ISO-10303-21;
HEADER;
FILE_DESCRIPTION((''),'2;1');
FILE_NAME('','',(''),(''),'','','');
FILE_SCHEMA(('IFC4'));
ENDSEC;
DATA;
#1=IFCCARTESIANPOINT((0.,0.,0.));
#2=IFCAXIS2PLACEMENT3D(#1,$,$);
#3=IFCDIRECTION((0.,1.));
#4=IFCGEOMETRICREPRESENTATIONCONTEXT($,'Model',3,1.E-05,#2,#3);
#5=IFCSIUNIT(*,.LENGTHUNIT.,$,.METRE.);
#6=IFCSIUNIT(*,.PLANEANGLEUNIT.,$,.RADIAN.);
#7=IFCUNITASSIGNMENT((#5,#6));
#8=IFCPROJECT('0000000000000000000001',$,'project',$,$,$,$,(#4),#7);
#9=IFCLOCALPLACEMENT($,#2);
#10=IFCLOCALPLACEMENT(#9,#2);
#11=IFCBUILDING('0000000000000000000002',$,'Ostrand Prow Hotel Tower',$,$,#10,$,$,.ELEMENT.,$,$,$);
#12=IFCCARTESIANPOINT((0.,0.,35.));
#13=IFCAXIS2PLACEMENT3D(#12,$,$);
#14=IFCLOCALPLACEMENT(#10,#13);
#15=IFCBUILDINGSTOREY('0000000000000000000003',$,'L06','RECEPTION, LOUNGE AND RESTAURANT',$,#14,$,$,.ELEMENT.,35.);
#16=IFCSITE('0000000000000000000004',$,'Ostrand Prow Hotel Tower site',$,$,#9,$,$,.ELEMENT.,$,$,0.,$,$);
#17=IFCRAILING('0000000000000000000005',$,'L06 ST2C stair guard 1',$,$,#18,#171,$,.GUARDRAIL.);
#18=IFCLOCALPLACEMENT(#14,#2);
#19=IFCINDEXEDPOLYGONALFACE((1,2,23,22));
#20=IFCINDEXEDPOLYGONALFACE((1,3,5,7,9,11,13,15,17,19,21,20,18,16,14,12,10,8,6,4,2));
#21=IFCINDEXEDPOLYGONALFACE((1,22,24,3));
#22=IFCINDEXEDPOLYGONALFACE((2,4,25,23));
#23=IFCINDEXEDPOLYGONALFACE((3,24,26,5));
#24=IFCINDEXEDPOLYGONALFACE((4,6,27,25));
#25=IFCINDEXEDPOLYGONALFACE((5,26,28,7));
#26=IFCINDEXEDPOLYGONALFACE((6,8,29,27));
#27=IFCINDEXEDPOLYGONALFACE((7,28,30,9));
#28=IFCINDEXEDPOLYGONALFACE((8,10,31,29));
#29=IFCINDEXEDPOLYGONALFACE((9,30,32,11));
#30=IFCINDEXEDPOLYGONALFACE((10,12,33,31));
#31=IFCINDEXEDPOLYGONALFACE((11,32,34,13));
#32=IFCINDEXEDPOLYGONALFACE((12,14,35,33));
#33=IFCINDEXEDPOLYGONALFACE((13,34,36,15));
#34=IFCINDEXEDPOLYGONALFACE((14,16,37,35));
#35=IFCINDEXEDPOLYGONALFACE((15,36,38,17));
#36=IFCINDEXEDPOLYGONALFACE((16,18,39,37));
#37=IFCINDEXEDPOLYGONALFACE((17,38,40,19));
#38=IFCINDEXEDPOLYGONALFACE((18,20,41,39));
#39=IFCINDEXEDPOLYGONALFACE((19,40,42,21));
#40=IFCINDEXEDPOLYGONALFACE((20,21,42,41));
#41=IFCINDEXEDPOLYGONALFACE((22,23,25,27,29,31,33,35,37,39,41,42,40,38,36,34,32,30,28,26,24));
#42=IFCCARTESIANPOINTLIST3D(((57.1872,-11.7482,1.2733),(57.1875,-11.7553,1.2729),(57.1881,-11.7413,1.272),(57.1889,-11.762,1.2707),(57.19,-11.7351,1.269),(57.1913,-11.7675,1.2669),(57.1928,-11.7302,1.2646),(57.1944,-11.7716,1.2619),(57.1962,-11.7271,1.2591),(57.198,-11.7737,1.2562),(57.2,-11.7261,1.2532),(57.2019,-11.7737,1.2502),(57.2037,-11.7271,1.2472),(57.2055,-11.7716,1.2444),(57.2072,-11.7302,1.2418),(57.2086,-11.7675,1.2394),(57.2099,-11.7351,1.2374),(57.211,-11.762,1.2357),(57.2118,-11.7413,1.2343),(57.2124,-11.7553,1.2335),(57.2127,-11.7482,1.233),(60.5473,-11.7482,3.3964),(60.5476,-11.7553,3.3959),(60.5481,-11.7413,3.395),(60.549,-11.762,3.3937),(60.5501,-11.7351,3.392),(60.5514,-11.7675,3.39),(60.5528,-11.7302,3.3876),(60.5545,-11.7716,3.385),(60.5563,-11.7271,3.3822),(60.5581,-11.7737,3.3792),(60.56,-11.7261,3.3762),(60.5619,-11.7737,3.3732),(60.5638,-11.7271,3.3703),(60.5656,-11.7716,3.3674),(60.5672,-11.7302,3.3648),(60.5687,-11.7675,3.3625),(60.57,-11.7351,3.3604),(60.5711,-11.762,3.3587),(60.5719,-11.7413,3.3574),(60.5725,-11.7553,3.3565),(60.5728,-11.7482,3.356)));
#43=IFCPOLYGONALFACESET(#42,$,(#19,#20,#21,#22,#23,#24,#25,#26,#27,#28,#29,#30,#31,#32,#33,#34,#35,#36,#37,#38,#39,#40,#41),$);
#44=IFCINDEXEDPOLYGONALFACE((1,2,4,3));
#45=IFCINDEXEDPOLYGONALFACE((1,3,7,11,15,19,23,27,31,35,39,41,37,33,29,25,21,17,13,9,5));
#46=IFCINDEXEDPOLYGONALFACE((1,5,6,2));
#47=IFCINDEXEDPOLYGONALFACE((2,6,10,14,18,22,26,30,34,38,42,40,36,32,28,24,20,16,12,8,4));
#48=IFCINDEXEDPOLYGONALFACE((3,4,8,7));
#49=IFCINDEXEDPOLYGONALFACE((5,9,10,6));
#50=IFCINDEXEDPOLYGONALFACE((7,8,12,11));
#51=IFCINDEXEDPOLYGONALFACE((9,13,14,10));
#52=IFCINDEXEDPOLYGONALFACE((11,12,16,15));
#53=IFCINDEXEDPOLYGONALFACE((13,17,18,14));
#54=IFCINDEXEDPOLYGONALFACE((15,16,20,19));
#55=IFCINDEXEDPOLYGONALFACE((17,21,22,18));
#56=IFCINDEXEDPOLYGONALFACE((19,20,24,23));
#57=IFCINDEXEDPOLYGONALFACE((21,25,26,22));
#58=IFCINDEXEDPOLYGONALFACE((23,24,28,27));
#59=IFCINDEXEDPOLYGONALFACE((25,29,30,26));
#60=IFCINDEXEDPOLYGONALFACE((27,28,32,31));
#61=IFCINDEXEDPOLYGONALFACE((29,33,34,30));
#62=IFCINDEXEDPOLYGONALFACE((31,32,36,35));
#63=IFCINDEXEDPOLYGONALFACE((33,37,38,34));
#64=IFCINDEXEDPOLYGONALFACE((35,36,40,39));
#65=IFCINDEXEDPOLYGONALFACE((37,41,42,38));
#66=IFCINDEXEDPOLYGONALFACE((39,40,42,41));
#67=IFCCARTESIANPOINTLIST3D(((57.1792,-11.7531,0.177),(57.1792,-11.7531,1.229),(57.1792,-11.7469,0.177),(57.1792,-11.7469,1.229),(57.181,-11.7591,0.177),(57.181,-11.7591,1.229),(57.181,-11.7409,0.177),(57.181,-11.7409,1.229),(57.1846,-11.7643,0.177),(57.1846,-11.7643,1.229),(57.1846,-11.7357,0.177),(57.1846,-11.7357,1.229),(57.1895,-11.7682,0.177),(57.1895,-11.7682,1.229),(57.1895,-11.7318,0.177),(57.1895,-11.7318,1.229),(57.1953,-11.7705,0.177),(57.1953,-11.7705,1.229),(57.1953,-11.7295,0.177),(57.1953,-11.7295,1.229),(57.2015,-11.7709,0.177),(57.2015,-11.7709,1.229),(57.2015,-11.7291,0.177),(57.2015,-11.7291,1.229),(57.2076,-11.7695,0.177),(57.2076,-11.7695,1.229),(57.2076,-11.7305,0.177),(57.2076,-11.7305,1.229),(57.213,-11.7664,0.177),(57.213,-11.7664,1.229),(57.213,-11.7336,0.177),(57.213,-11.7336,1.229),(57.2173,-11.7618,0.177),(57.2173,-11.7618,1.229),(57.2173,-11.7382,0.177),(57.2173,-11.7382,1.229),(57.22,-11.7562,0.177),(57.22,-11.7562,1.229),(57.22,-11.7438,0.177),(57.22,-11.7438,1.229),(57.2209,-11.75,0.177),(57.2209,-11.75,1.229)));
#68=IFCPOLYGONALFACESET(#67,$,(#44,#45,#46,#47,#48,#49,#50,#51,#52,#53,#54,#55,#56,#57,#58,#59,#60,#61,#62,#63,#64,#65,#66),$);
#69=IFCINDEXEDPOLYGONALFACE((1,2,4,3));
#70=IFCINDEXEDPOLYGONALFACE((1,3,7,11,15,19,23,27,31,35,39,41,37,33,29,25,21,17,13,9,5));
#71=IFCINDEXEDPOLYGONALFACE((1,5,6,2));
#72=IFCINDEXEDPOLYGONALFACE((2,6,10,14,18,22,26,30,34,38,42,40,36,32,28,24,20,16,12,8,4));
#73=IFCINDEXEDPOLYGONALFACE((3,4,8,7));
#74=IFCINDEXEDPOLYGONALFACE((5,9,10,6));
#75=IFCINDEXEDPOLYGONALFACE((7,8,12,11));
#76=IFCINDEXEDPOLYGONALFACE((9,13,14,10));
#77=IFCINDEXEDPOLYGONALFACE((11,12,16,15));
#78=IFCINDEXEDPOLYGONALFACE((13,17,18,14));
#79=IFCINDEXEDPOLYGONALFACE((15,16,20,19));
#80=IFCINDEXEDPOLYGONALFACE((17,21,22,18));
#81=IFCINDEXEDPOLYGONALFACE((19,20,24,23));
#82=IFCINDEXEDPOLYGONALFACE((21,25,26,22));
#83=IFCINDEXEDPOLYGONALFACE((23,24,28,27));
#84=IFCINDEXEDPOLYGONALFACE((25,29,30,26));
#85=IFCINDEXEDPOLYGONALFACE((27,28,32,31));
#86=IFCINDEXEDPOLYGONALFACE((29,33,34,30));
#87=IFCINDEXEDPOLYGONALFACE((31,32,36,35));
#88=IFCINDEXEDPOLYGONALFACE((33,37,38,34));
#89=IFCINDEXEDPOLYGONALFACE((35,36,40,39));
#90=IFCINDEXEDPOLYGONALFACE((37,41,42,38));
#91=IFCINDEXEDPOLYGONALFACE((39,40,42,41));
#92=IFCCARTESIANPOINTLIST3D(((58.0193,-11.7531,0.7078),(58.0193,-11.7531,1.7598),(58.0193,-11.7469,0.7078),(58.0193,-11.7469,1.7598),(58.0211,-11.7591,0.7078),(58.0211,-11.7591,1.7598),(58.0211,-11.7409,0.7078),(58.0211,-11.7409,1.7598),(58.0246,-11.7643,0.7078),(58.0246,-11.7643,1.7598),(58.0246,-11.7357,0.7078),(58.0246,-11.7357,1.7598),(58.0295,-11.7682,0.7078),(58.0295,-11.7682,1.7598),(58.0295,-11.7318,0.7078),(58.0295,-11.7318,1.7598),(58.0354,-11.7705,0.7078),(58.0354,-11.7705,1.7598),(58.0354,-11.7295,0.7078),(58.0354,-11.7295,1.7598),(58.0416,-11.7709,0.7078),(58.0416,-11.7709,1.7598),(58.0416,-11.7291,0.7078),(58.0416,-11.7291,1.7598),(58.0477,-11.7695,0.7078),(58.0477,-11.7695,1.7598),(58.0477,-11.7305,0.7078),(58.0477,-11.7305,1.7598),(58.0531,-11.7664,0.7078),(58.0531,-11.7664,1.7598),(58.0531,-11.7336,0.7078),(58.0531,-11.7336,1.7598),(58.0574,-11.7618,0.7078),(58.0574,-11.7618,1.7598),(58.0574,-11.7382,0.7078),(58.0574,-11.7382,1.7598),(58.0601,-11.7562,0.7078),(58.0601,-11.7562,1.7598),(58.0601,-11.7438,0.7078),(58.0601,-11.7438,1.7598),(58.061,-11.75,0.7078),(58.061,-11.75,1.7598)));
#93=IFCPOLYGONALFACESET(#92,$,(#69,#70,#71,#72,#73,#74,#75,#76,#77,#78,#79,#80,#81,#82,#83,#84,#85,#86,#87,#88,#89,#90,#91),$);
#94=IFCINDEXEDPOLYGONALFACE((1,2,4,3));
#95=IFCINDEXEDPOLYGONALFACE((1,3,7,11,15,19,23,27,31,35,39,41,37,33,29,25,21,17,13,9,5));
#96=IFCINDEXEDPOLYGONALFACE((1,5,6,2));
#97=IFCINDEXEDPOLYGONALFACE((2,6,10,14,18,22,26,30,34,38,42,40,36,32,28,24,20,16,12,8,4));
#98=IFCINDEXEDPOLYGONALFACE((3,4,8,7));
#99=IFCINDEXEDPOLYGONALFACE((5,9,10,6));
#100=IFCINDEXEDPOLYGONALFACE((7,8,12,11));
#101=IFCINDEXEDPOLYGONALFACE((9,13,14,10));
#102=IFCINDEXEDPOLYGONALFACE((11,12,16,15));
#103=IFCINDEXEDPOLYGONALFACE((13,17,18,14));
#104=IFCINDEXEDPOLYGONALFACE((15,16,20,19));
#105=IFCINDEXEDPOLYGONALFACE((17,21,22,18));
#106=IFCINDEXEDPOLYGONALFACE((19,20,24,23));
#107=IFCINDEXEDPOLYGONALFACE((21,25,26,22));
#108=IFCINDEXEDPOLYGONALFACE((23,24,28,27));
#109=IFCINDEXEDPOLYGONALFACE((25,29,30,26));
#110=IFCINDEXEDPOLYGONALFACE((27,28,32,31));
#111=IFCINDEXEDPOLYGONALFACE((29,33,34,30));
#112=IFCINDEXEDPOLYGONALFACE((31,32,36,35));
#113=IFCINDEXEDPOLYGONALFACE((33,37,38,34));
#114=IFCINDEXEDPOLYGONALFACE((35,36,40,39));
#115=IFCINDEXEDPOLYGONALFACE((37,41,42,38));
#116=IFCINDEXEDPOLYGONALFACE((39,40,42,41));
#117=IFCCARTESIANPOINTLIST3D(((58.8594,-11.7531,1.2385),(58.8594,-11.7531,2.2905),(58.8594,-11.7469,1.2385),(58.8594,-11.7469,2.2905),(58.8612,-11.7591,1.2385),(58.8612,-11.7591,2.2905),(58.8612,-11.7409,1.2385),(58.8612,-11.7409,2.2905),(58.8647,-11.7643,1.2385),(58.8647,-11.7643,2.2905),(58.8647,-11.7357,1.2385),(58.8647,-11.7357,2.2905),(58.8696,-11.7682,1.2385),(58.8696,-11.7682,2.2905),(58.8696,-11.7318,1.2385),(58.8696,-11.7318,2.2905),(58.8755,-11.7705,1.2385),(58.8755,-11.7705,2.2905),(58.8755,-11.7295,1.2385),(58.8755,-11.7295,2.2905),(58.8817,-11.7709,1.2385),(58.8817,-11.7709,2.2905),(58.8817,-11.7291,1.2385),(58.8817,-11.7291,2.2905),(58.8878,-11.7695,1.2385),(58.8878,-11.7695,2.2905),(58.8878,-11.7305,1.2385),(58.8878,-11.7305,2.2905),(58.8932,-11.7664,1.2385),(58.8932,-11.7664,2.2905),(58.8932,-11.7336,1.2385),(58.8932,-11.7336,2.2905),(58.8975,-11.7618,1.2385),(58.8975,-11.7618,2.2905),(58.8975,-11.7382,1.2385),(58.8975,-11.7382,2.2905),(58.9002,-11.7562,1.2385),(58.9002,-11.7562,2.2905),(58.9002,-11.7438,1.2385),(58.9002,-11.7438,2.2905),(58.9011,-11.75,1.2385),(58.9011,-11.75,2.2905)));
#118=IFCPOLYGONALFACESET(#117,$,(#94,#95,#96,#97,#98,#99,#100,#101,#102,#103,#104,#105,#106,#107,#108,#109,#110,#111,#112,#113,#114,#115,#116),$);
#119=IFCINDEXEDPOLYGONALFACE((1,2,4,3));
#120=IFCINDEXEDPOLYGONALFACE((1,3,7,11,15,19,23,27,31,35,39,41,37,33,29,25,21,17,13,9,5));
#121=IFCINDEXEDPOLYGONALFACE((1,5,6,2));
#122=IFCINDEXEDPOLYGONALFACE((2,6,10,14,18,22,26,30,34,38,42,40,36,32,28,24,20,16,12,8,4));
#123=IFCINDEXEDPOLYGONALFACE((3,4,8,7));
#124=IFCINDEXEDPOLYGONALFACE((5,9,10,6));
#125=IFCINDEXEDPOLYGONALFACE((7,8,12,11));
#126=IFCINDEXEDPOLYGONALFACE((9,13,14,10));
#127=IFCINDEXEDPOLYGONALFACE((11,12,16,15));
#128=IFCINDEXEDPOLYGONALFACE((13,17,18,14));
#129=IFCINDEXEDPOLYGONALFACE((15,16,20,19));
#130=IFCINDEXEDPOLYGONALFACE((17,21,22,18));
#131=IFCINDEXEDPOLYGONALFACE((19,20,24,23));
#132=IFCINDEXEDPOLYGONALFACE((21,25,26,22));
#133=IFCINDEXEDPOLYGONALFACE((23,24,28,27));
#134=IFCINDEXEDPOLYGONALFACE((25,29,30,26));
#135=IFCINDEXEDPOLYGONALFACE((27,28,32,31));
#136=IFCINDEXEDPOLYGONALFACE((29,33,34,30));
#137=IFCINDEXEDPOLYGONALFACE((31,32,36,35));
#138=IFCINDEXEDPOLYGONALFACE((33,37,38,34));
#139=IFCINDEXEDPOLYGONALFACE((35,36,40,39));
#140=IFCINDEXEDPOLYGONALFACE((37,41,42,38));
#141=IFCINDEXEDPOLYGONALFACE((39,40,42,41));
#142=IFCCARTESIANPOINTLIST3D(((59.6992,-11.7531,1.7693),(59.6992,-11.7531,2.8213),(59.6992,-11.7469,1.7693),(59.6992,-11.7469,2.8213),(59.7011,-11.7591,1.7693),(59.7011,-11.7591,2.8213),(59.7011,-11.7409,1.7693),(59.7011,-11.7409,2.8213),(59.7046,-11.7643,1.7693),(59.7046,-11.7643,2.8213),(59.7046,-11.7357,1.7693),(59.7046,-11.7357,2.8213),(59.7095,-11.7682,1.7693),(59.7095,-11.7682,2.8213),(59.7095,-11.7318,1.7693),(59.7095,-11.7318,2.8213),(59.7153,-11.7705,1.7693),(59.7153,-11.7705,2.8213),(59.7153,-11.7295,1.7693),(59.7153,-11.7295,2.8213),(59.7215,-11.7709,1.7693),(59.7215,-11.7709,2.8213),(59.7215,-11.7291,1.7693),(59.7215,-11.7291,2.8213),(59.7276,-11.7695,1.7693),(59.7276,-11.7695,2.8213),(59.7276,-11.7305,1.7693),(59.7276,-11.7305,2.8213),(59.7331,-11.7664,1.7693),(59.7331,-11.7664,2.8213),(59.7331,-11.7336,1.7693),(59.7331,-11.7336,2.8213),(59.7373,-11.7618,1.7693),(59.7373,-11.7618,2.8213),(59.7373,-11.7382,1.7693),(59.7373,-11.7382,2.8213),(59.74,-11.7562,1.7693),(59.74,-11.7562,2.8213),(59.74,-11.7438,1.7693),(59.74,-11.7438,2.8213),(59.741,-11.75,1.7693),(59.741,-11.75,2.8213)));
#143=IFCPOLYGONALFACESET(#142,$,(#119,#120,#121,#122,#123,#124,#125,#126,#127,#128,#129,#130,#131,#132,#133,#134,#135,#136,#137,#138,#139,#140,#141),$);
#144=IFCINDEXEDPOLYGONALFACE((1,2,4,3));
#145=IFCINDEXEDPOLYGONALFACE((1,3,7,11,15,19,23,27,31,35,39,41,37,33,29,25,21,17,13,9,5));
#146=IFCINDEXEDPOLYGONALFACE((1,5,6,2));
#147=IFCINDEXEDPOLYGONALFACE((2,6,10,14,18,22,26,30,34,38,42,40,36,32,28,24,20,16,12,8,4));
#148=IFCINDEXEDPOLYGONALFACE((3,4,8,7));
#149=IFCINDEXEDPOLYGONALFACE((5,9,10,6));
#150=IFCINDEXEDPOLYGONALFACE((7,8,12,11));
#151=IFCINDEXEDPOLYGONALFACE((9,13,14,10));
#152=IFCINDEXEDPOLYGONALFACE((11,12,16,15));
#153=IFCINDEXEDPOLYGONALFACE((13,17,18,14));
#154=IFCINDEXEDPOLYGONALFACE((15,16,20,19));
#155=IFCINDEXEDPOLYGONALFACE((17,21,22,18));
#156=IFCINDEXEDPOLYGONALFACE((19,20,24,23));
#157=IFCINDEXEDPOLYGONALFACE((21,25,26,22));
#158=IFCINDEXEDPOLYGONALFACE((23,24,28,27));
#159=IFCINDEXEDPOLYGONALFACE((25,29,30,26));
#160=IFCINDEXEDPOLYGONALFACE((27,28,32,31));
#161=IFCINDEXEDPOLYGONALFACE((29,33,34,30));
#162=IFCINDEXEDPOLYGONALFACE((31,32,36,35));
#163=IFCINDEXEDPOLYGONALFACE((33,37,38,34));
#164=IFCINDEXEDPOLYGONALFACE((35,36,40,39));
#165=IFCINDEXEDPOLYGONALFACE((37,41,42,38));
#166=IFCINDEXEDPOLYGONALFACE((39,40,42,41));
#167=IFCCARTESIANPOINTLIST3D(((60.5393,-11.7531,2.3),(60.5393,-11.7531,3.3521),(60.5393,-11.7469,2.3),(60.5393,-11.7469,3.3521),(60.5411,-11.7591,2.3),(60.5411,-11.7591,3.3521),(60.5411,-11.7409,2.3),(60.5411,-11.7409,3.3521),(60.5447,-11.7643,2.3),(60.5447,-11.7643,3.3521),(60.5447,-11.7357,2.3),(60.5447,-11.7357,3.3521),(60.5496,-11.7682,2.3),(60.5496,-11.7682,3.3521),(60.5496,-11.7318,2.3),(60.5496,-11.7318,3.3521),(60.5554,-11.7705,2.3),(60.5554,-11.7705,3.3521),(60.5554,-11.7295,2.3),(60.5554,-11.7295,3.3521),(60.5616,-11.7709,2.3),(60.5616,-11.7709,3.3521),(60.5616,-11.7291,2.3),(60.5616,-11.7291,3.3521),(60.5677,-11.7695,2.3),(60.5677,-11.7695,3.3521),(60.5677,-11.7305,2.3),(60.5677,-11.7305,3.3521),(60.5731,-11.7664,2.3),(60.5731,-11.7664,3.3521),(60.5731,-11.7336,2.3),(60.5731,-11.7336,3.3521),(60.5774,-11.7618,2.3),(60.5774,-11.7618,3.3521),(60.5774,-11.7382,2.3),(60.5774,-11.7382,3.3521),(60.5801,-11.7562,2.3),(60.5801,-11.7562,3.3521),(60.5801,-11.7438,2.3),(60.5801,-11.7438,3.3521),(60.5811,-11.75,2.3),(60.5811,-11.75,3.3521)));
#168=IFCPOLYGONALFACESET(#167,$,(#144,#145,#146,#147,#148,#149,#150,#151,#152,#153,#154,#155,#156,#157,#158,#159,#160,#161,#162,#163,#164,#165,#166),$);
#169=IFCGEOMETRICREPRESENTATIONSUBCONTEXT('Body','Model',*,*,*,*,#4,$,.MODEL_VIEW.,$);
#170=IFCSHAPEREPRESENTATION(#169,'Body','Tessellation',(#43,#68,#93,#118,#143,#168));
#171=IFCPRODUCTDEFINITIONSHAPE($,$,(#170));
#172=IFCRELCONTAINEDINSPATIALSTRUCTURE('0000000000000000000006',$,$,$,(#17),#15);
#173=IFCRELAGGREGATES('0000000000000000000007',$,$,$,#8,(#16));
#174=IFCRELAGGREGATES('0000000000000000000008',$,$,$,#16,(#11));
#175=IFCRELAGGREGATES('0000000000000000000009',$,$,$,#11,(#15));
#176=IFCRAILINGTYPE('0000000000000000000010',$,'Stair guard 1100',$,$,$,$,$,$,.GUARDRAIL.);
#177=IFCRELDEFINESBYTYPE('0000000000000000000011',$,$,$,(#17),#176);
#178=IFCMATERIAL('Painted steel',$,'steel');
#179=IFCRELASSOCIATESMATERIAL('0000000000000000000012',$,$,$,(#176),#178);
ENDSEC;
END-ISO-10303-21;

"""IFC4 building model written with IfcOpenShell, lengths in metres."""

from ifc_helpers import new_model, si_unit, direction, frame, origin, origin_2d, place, context, subcontext, project, spatial, circle, extrude, material, type_object, element, save


model = new_model("IFC4")

# Units and contexts
model_context = context("Model", 3, precision=1e-05, world=origin(), true_north=direction((0.0, 1.0)))
body_context = subcontext(model_context, "Body", "Model", "MODEL_VIEW")
ifc_project = project(units=[si_unit("LENGTHUNIT", "METRE"), si_unit("PLANEANGLEUNIT", "RADIAN")], contexts=[model_context])

# Site, building, storey
site_placement = place(None, origin())
site = spatial("IfcSite", under=ifc_project, at=site_placement, Name="Ostrand Prow Hotel Tower site", CompositionType="ELEMENT", RefElevation=0.0)
building_placement = place(site_placement, origin())
building = spatial("IfcBuilding", under=site, at=building_placement, Name="Ostrand Prow Hotel Tower", CompositionType="ELEMENT")
storey_placement = place(building_placement, frame((0.0, 0.0, 35.0)))
storey = spatial("IfcBuildingStorey", under=building, at=storey_placement, Name="L06", Description="RECEPTION, LOUNGE AND RESTAURANT", CompositionType="ELEMENT", Elevation=35.0)

# Railing
ifc_material_1 = material(Name="Painted steel", Category="steel")
railing_type_1 = type_object("IfcRailingType", Name="Stair guard 1100", PredefinedType="GUARDRAIL", material=ifc_material_1)
railing_1_placement = place(storey_placement, frame((57.2, -11.75, 0.177)))
element("IfcRailing", 1, at=railing_1_placement, inside=storey, type_object=railing_type_1, Name="L06 ST2C stair guard 1", PredefinedType="GUARDRAIL", context=body_context, shape_type="SweptSolid", body=[
    extrude(circle(Radius=0.0239, at=origin_2d()), frame((0.0, 0.0, 1.0762), z_axis=(0.84539, 0.0, 0.53415), x_axis=(0.0, 1.0, 0.0)), (0.0, 0.0, 1.0), 3.9746),
    extrude(circle(Radius=0.021, at=origin_2d()), origin(), (0.0, 0.0, 1.0), 1.052),
    extrude(circle(Radius=0.021, at=origin_2d()), frame((0.8401, 0.0, 0.5308)), (0.0, 0.0, 1.0), 1.052),
    extrude(circle(Radius=0.021, at=origin_2d()), frame((1.6802, 0.0, 1.0615)), (0.0, 0.0, 1.0), 1.052),
    extrude(circle(Radius=0.021, at=origin_2d()), frame((2.52, 0.0, 1.5923)), (0.0, 0.0, 1.0), 1.052),
    extrude(circle(Radius=0.021, at=origin_2d()), frame((3.3601, 0.0, 2.123)), (0.0, 0.0, 1.0), 1.052),
])

save(model, "model.ifc")
